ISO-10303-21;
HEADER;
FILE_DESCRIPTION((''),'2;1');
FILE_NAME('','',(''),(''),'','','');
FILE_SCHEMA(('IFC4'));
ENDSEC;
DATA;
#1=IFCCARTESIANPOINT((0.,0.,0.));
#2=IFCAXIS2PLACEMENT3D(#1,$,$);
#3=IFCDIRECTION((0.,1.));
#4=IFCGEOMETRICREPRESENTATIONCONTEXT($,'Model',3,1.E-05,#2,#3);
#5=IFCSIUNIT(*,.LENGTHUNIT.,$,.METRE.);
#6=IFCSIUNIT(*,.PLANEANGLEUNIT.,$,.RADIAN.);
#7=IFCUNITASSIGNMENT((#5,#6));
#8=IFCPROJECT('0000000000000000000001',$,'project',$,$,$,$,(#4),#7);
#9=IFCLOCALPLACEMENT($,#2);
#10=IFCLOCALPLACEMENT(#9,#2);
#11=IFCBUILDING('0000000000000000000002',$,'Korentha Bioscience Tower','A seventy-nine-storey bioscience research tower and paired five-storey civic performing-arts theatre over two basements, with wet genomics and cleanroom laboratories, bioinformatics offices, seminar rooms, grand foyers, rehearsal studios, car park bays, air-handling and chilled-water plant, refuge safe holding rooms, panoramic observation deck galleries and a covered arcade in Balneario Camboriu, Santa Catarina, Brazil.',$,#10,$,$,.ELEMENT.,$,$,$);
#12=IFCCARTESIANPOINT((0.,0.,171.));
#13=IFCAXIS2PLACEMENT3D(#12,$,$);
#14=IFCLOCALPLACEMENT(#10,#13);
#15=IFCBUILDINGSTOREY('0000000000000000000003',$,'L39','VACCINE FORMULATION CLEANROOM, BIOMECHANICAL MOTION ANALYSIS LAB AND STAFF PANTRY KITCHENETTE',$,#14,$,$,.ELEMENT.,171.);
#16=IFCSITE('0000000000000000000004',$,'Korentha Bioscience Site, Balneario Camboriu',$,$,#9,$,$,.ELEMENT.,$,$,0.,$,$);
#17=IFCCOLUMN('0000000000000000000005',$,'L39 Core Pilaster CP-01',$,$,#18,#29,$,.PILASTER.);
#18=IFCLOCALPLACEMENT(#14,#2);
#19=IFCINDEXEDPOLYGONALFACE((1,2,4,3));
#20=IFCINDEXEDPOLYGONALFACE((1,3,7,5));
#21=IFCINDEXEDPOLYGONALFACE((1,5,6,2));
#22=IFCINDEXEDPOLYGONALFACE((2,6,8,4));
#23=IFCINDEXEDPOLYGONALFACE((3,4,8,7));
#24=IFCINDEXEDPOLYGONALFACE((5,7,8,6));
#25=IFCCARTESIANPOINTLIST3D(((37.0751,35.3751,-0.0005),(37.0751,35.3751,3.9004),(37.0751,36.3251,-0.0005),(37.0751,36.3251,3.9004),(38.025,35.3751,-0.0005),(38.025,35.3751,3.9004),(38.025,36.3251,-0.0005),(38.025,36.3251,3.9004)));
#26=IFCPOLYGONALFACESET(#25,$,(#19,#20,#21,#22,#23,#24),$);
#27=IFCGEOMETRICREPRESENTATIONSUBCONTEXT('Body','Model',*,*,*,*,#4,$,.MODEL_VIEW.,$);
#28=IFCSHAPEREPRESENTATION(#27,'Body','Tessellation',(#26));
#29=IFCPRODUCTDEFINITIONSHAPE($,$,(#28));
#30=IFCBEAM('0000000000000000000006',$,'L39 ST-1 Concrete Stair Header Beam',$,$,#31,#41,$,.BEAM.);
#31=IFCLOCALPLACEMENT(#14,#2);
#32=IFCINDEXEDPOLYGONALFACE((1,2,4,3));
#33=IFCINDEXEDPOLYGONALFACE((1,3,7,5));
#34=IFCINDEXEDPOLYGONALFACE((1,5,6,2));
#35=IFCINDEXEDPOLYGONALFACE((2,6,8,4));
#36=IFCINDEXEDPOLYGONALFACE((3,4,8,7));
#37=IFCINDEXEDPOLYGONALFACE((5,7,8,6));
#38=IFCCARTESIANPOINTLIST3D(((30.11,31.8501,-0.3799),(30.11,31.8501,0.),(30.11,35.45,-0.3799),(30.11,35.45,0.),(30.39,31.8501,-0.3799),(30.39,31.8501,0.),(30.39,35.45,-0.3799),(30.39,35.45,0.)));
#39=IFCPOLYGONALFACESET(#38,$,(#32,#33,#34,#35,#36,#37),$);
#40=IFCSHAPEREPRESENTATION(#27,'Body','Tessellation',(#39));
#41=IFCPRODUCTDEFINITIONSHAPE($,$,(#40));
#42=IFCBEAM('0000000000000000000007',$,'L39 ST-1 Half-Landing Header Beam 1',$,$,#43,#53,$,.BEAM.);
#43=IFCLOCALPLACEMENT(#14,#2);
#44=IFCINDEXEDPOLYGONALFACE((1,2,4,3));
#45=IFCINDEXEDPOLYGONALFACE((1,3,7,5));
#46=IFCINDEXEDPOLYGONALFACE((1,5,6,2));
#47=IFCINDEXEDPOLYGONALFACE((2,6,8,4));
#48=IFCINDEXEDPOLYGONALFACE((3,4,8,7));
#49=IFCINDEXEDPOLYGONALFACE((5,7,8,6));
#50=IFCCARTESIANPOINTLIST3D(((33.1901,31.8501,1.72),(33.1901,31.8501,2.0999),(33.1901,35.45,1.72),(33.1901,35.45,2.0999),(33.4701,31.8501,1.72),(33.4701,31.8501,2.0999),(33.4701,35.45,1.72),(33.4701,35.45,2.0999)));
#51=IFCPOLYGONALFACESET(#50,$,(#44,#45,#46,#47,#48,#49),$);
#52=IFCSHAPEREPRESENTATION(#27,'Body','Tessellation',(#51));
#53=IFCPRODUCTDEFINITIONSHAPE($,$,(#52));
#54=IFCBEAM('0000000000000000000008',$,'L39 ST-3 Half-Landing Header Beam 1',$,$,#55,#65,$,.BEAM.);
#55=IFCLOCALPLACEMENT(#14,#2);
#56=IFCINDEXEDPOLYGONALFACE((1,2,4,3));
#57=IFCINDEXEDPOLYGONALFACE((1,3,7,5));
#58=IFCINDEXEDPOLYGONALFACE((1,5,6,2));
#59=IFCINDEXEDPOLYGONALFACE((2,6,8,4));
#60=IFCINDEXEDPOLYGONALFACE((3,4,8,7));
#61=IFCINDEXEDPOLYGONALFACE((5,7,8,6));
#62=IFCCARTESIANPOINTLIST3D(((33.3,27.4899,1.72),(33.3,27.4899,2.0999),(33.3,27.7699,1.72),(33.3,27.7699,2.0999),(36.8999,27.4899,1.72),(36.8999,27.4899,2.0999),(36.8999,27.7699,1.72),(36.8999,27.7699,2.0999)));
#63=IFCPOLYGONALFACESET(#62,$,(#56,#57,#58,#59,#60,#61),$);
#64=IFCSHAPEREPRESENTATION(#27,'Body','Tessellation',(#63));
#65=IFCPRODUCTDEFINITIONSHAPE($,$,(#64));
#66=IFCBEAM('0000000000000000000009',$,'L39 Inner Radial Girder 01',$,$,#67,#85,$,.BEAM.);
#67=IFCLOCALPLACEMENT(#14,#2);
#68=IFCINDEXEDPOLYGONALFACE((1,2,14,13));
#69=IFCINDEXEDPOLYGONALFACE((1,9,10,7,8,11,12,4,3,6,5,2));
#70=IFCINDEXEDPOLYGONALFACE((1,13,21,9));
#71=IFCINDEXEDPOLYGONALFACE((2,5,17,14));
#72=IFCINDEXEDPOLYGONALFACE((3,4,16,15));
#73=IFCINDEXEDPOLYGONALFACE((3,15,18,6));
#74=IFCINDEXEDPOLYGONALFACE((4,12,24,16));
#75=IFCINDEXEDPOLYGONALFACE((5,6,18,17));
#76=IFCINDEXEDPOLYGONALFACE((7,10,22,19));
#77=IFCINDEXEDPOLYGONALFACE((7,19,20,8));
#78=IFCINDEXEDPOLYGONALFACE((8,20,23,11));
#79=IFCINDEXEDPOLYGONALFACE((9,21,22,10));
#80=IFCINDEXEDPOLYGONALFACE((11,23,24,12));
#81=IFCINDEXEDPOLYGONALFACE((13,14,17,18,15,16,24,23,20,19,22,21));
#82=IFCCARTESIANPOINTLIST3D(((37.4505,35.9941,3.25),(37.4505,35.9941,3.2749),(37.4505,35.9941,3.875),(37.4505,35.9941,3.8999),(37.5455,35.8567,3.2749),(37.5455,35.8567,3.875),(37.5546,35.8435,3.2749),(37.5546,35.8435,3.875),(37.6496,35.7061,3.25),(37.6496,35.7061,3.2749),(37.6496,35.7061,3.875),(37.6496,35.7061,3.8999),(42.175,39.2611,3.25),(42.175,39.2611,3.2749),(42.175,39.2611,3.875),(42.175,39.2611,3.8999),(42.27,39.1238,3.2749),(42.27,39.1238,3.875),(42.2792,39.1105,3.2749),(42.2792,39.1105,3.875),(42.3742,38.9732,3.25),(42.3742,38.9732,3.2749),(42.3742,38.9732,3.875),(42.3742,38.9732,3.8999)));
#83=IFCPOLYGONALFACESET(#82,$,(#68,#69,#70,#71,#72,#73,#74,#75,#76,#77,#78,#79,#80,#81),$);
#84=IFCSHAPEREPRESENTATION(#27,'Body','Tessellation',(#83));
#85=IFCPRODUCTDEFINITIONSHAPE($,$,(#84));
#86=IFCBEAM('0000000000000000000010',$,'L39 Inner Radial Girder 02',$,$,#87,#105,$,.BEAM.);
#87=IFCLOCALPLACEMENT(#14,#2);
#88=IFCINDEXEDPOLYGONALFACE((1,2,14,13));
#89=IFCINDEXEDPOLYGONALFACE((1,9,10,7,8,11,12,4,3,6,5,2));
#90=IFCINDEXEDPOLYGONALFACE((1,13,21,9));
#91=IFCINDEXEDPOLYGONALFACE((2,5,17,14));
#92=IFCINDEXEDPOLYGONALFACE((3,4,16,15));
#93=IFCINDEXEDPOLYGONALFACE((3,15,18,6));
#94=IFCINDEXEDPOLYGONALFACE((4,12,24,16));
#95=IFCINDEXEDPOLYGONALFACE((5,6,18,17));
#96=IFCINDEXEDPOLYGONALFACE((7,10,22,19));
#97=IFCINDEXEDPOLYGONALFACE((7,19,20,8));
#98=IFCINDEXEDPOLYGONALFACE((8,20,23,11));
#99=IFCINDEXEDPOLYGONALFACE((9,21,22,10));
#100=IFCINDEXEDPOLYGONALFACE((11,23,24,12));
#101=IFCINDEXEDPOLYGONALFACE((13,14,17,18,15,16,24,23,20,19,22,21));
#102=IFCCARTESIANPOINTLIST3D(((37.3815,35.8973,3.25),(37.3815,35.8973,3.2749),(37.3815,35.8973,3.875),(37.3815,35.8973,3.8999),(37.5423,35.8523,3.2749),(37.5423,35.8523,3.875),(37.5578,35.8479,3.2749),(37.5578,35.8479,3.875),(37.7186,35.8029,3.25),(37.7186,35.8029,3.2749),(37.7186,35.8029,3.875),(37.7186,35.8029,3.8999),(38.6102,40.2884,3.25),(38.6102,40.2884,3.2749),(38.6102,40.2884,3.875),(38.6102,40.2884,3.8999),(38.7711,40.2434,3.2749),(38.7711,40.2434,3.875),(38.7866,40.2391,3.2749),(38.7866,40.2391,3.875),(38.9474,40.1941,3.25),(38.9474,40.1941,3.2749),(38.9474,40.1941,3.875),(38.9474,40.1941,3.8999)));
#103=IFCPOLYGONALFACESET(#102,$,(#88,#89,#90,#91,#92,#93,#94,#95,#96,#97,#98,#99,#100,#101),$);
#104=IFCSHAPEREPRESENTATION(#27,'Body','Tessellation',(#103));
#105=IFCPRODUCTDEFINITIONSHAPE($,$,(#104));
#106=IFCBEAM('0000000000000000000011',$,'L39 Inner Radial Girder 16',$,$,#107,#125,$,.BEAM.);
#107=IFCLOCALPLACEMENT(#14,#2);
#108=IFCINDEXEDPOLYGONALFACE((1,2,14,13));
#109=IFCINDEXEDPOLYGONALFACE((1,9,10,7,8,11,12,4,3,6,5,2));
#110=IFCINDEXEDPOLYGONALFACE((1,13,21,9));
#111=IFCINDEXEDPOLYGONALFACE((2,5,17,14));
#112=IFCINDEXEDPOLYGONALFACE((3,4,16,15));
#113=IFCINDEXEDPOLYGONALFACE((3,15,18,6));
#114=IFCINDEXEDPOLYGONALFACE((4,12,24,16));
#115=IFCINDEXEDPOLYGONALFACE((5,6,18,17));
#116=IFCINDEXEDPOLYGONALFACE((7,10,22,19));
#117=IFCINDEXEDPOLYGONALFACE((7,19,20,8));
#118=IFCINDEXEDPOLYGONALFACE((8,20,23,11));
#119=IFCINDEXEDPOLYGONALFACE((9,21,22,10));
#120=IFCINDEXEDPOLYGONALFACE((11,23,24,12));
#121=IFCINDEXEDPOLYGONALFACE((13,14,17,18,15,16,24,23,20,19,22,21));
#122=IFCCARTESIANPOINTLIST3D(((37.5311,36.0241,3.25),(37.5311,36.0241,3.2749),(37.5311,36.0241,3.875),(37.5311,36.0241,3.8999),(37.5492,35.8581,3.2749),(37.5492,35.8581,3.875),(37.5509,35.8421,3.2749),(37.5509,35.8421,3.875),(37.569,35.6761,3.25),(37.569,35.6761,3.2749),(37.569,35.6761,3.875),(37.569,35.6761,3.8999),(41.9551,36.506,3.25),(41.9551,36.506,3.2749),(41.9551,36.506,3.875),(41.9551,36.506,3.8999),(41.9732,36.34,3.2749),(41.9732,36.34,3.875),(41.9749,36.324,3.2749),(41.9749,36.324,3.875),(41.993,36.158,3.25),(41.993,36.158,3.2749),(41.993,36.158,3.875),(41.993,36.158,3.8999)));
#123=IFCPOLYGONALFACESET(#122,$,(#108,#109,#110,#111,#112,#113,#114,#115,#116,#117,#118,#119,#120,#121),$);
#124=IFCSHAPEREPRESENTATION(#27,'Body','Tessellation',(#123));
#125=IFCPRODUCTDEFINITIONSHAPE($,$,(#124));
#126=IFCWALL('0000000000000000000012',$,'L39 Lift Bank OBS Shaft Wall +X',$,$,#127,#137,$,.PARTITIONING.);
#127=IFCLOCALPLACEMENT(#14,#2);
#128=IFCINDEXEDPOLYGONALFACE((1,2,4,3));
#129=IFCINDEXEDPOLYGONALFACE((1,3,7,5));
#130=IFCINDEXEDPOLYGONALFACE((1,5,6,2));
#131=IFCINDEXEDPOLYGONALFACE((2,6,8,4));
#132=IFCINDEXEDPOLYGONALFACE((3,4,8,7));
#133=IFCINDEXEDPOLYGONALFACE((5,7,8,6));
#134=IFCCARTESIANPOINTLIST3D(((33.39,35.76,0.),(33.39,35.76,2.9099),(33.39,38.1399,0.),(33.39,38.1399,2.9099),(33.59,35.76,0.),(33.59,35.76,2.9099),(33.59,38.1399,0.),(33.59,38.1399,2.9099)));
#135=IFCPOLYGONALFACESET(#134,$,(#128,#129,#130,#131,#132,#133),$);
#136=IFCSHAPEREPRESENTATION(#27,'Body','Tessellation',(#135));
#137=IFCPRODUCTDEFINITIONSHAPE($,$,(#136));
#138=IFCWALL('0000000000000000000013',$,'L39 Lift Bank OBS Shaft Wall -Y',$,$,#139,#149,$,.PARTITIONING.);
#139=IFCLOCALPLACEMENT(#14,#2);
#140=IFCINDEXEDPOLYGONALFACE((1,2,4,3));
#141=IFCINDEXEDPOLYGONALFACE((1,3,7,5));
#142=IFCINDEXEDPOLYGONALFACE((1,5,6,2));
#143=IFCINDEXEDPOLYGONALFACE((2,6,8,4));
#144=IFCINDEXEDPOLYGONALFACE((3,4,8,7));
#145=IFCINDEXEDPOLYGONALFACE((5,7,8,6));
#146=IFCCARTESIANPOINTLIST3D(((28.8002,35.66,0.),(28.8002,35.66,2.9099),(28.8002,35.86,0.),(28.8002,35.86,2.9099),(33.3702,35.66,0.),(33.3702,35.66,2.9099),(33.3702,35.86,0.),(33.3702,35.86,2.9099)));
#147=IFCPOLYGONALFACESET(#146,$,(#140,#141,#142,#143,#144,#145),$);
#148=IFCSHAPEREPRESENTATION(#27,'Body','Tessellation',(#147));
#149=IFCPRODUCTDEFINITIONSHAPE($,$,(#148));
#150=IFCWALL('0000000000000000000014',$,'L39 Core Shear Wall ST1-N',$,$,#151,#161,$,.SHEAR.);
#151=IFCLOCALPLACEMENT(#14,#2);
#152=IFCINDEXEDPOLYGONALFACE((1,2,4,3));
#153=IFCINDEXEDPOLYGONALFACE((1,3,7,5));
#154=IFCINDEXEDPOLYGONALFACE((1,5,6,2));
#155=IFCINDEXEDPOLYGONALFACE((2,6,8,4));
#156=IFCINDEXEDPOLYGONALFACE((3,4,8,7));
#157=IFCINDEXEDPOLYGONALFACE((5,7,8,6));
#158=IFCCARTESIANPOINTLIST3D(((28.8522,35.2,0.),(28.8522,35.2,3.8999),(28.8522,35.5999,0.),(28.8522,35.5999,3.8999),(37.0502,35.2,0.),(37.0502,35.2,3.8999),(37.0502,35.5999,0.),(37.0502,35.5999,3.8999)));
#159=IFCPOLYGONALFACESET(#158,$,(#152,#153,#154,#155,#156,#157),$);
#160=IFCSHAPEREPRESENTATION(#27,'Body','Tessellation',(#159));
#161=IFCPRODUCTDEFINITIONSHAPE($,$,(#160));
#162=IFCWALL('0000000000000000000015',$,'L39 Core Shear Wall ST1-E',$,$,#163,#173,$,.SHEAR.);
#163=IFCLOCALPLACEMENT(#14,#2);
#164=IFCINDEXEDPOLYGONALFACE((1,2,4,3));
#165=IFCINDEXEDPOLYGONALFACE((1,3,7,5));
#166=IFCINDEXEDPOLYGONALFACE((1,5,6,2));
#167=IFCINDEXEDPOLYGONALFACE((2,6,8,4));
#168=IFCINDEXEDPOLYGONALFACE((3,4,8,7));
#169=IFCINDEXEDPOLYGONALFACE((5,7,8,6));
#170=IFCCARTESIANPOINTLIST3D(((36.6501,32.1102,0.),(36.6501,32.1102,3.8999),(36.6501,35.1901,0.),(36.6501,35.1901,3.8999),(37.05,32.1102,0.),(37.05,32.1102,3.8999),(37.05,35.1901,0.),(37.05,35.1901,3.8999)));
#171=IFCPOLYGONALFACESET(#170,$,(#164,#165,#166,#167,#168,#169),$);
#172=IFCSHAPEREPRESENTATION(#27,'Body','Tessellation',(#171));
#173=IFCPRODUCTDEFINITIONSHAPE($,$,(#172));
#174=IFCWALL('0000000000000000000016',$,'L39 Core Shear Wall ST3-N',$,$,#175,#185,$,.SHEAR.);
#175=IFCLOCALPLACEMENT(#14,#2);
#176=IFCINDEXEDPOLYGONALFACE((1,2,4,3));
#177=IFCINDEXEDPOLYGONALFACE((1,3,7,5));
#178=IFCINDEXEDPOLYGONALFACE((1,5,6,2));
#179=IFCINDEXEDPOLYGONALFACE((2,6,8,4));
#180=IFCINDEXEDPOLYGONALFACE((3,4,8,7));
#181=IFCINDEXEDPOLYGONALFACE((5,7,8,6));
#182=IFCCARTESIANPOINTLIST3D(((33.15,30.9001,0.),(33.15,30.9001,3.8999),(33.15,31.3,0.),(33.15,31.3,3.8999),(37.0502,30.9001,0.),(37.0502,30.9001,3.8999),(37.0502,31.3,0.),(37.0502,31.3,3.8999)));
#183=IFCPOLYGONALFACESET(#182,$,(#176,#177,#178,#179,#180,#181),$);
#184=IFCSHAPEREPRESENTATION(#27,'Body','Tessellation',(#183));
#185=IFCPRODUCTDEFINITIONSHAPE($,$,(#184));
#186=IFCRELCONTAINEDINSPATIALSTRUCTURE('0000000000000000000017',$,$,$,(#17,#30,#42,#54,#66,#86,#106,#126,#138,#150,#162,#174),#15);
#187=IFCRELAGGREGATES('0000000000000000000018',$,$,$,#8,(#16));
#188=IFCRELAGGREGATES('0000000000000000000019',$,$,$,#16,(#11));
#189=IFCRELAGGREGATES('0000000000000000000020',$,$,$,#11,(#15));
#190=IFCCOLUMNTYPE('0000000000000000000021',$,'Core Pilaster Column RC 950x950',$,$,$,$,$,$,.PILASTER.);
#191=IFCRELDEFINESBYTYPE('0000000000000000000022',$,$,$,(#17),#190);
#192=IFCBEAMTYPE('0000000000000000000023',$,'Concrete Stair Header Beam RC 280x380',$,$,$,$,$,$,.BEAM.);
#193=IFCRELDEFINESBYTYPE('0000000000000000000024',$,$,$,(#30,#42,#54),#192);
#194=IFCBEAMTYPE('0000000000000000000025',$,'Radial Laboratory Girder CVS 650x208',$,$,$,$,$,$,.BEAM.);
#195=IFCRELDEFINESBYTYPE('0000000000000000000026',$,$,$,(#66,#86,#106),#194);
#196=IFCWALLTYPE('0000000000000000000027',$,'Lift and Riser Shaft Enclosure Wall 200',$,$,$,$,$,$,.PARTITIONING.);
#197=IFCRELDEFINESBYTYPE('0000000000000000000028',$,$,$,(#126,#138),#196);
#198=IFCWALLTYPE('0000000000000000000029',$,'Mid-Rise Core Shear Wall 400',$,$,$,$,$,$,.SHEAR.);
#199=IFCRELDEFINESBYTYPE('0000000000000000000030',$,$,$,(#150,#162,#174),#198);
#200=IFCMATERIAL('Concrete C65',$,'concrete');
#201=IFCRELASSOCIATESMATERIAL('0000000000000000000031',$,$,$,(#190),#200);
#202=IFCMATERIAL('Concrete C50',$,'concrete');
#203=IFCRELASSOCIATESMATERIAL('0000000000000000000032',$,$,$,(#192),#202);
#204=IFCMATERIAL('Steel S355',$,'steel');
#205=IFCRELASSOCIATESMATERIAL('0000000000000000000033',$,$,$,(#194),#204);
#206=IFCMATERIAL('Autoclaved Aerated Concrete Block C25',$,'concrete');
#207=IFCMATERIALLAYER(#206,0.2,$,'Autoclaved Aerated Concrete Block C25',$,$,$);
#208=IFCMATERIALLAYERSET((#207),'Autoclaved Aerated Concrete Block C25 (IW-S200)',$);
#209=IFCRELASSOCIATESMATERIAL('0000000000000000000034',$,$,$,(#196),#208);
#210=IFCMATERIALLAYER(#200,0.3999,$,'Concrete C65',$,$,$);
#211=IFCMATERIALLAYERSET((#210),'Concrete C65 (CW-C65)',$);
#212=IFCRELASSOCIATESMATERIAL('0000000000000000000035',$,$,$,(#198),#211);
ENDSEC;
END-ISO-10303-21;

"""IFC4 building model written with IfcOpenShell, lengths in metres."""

from ifc_helpers import new_model, si_unit, direction, frame, frame_2d, origin, origin_2d, place, context, subcontext, project, spatial, rectangle, i_section, extrude, material, layer, layer_set, material_profile, profile_set, type_object, element, save


model = new_model("IFC4")

# Units and contexts
model_context = context("Model", 3, precision=1e-05, world=origin(), true_north=direction((0.0, 1.0)))
body_context = subcontext(model_context, "Body", "Model", "MODEL_VIEW")
ifc_project = project(units=[si_unit("LENGTHUNIT", "METRE"), si_unit("PLANEANGLEUNIT", "RADIAN")], contexts=[model_context])

# Site, building, storey
site_placement = place(None, origin())
site = spatial("IfcSite", under=ifc_project, at=site_placement, Name="Korentha Bioscience Site, Balneario Camboriu", CompositionType="ELEMENT", RefElevation=0.0)
building_placement = place(site_placement, origin())
building = spatial("IfcBuilding", under=site, at=building_placement, Name="Korentha Bioscience Tower", Description="A seventy-nine-storey bioscience research tower and paired five-storey civic performing-arts theatre over two basements, with wet genomics and cleanroom laboratories, bioinformatics offices, seminar rooms, grand foyers, rehearsal studios, car park bays, air-handling and chilled-water plant, refuge safe holding rooms, panoramic observation deck galleries and a covered arcade in Balneario Camboriu, Santa Catarina, Brazil.", CompositionType="ELEMENT")
storey_placement = place(building_placement, frame((0.0, 0.0, 171.0)))
storey = spatial("IfcBuildingStorey", under=building, at=storey_placement, Name="L39", Description="VACCINE FORMULATION CLEANROOM, BIOMECHANICAL MOTION ANALYSIS LAB AND STAFF PANTRY KITCHENETTE", CompositionType="ELEMENT", Elevation=171.0)

# Column
ifc_material_1 = material(Name="Concrete C65", Category="concrete")
ifc_material_profile_1 = material_profile(ifc_material_1, rectangle(XDim=0.95, YDim=0.95, at=origin_2d()), Name="Concrete C65")
ifc_profile_set_1 = profile_set([ifc_material_profile_1], Name="Concrete C65 (COL-CP09)")
column_type = type_object("IfcColumnType", Name="Core Pilaster Column RC 950x950", PredefinedType="PILASTER", material=ifc_profile_set_1)
column_placement = place(storey_placement, frame((37.55, 35.8501, -0.0005), z_axis=(0.0, 0.0, 1.0), x_axis=(1.0, 0.0, 0.0)))
element("IfcColumn", 1, at=column_placement, inside=storey, type_object=column_type, Name="L39 Core Pilaster CP-01", PredefinedType="PILASTER", context=body_context, shape_type="SweptSolid", body=[
    extrude(rectangle(XDim=0.95, YDim=0.95, at=origin_2d()), origin(), (0.0, 0.0, 1.0), 3.9009),
])

# Beams
ifc_material_2 = material(Name="Concrete C50", Category="concrete")
ifc_material_profile_2 = material_profile(ifc_material_2, rectangle(XDim=0.28, YDim=0.3799, at=origin_2d()), Name="Concrete C50")
ifc_profile_set_2 = profile_set([ifc_material_profile_2], Name="Concrete C50 (ST-HB380)")
beam_type_1 = type_object("IfcBeamType", Name="Concrete Stair Header Beam RC 280x380", PredefinedType="BEAM", material=ifc_profile_set_2)
for number, where, z_axis, x_axis, name in (
    (2, (30.25, 31.8501, -0.1899), (0.0, 1.0, 0.0), (-1.0, 0.0, 0.0), "L39 ST-1 Concrete Stair Header Beam"),
    (3, (33.3301, 31.8501, 1.9099), (0.0, 1.0, 0.0), (-1.0, 0.0, 0.0), "L39 ST-1 Half-Landing Header Beam 1"),
    (4, (36.8999, 27.6299, 1.9099), (-1.0, 0.0, 0.0), (0.0, -1.0, 0.0), "L39 ST-3 Half-Landing Header Beam 1"),
):
    element("IfcBeam", number, at=place(storey_placement, frame(where, z_axis=z_axis, x_axis=x_axis)), inside=storey, type_object=beam_type_1, Name=name, PredefinedType="BEAM", context=body_context, shape_type="SweptSolid", body=[
        extrude(rectangle(XDim=0.28, YDim=0.3799, at=origin_2d()), origin(), (0.0, 0.0, 1.0), 3.5999),
    ])
ifc_material_3 = material(Name="Steel S355", Category="steel")
ifc_material_profile_3 = material_profile(ifc_material_3, i_section(OverallWidth=0.3501, OverallDepth=0.6499, WebThickness=0.0161, FlangeThickness=0.0249, at=origin_2d()), Name="Steel S355")
ifc_profile_set_3 = profile_set([ifc_material_profile_3], Name="Steel S355 (RB-650)")
beam_type_2 = type_object("IfcBeamType", Name="Radial Laboratory Girder CVS 650x208", PredefinedType="BEAM", material=ifc_profile_set_3)
beam_1_placement = place(storey_placement, frame((37.55, 35.8501, 3.575), z_axis=(0.822501, 0.568763, 0.0), x_axis=(-0.568763, 0.822501, 0.0)))
element("IfcBeam", 5, at=beam_1_placement, inside=storey, type_object=beam_type_2, Name="L39 Inner Radial Girder 01", PredefinedType="BEAM", context=body_context, shape_type="SweptSolid", body=[
    extrude(i_section(OverallWidth=0.3501, OverallDepth=0.6499, WebThickness=0.0161, FlangeThickness=0.0249, at=origin_2d()), origin(), (0.0, 0.0, 1.0), 5.7441),
])
beam_2_placement = place(storey_placement, frame((37.55, 35.8501, 3.575), z_axis=(0.269477, 0.963007, 0.0), x_axis=(-0.963007, 0.269477, 0.0)))
element("IfcBeam", 6, at=beam_2_placement, inside=storey, type_object=beam_type_2, Name="L39 Inner Radial Girder 02", PredefinedType="BEAM", context=body_context, shape_type="SweptSolid", body=[
    extrude(i_section(OverallWidth=0.3501, OverallDepth=0.6499, WebThickness=0.0161, FlangeThickness=0.0249, at=origin_2d()), origin(), (0.0, 0.0, 1.0), 4.5598),
])
beam_3_placement = place(storey_placement, frame((37.55, 35.8501, 3.575), z_axis=(0.994119, 0.108294, 0.0), x_axis=(-0.108294, 0.994119, 0.0)))
element("IfcBeam", 7, at=beam_3_placement, inside=storey, type_object=beam_type_2, Name="L39 Inner Radial Girder 16", PredefinedType="BEAM", context=body_context, shape_type="SweptSolid", body=[
    extrude(i_section(OverallWidth=0.3501, OverallDepth=0.6499, WebThickness=0.0161, FlangeThickness=0.0249, at=origin_2d()), origin(), (0.0, 0.0, 1.0), 4.4502),
])

# Walls
ifc_material_4 = material(Name="Autoclaved Aerated Concrete Block C25", Category="concrete")
ifc_layer_1 = layer(ifc_material_4, 0.2, Name="Autoclaved Aerated Concrete Block C25")
ifc_layer_set_1 = layer_set([ifc_layer_1], Name="Autoclaved Aerated Concrete Block C25 (IW-S200)")
wall_type_1 = type_object("IfcWallType", Name="Lift and Riser Shaft Enclosure Wall 200", PredefinedType="PARTITIONING", material=ifc_layer_set_1)
wall_1_placement = place(storey_placement, frame((33.49, 35.76, 0.0), z_axis=(0.0, 0.0, 1.0), x_axis=(0.0, 1.0, 0.0)))
element("IfcWall", 8, at=wall_1_placement, inside=storey, type_object=wall_type_1, Name="L39 Lift Bank OBS Shaft Wall +X", PredefinedType="PARTITIONING", context=body_context, shape_type="SweptSolid", body=[
    extrude(rectangle(XDim=2.3799, YDim=0.2, at=frame_2d((1.1899, 0.0))), origin(), (0.0, 0.0, 1.0), 2.9099),
])
wall_2_placement = place(storey_placement, frame((28.8, 35.76, 0.0), z_axis=(0.0, 0.0, 1.0), x_axis=(1.0, 0.0, 0.0)))
element("IfcWall", 9, at=wall_2_placement, inside=storey, type_object=wall_type_1, Name="L39 Lift Bank OBS Shaft Wall -Y", PredefinedType="PARTITIONING", context=body_context, shape_type="SweptSolid", body=[
    extrude(rectangle(XDim=4.5701, YDim=0.2, at=frame_2d((2.2852, 0.0))), origin(), (0.0, 0.0, 1.0), 2.9099),
])
ifc_layer_2 = layer(ifc_material_1, 0.3999, Name="Concrete C65")
ifc_layer_set_2 = layer_set([ifc_layer_2], Name="Concrete C65 (CW-C65)")
wall_type_2 = type_object("IfcWallType", Name="Mid-Rise Core Shear Wall 400", PredefinedType="SHEAR", material=ifc_layer_set_2)
wall_3_placement = place(storey_placement, frame((28.8521, 35.3999, 0.0), z_axis=(0.0, 0.0, 1.0), x_axis=(1.0, 0.0, 0.0)))
element("IfcWall", 10, at=wall_3_placement, inside=storey, type_object=wall_type_2, Name="L39 Core Shear Wall ST1-N", PredefinedType="SHEAR", context=body_context, shape_type="SweptSolid", body=[
    extrude(rectangle(XDim=8.198, YDim=0.3999, at=frame_2d((4.0991, 0.0))), origin(), (0.0, 0.0, 1.0), 3.8999),
])
wall_4_placement = place(storey_placement, frame((36.8501, 32.1101, 0.0), z_axis=(0.0, 0.0, 1.0), x_axis=(0.0, 1.0, 0.0)))
element("IfcWall", 11, at=wall_4_placement, inside=storey, type_object=wall_type_2, Name="L39 Core Shear Wall ST1-E", PredefinedType="SHEAR", context=body_context, shape_type="SweptSolid", body=[
    extrude(rectangle(XDim=3.0798, YDim=0.3999, at=frame_2d((1.54, 0.0))), origin(), (0.0, 0.0, 1.0), 3.8999),
])
wall_5_placement = place(storey_placement, frame((33.1499, 31.1001, 0.0), z_axis=(0.0, 0.0, 1.0), x_axis=(1.0, 0.0, 0.0)))
element("IfcWall", 12, at=wall_5_placement, inside=storey, type_object=wall_type_2, Name="L39 Core Shear Wall ST3-N", PredefinedType="SHEAR", context=body_context, shape_type="SweptSolid", body=[
    extrude(rectangle(XDim=3.9001, YDim=0.3999, at=frame_2d((1.9502, 0.0))), origin(), (0.0, 0.0, 1.0), 3.8999),
])

save(model, "model.ifc")
